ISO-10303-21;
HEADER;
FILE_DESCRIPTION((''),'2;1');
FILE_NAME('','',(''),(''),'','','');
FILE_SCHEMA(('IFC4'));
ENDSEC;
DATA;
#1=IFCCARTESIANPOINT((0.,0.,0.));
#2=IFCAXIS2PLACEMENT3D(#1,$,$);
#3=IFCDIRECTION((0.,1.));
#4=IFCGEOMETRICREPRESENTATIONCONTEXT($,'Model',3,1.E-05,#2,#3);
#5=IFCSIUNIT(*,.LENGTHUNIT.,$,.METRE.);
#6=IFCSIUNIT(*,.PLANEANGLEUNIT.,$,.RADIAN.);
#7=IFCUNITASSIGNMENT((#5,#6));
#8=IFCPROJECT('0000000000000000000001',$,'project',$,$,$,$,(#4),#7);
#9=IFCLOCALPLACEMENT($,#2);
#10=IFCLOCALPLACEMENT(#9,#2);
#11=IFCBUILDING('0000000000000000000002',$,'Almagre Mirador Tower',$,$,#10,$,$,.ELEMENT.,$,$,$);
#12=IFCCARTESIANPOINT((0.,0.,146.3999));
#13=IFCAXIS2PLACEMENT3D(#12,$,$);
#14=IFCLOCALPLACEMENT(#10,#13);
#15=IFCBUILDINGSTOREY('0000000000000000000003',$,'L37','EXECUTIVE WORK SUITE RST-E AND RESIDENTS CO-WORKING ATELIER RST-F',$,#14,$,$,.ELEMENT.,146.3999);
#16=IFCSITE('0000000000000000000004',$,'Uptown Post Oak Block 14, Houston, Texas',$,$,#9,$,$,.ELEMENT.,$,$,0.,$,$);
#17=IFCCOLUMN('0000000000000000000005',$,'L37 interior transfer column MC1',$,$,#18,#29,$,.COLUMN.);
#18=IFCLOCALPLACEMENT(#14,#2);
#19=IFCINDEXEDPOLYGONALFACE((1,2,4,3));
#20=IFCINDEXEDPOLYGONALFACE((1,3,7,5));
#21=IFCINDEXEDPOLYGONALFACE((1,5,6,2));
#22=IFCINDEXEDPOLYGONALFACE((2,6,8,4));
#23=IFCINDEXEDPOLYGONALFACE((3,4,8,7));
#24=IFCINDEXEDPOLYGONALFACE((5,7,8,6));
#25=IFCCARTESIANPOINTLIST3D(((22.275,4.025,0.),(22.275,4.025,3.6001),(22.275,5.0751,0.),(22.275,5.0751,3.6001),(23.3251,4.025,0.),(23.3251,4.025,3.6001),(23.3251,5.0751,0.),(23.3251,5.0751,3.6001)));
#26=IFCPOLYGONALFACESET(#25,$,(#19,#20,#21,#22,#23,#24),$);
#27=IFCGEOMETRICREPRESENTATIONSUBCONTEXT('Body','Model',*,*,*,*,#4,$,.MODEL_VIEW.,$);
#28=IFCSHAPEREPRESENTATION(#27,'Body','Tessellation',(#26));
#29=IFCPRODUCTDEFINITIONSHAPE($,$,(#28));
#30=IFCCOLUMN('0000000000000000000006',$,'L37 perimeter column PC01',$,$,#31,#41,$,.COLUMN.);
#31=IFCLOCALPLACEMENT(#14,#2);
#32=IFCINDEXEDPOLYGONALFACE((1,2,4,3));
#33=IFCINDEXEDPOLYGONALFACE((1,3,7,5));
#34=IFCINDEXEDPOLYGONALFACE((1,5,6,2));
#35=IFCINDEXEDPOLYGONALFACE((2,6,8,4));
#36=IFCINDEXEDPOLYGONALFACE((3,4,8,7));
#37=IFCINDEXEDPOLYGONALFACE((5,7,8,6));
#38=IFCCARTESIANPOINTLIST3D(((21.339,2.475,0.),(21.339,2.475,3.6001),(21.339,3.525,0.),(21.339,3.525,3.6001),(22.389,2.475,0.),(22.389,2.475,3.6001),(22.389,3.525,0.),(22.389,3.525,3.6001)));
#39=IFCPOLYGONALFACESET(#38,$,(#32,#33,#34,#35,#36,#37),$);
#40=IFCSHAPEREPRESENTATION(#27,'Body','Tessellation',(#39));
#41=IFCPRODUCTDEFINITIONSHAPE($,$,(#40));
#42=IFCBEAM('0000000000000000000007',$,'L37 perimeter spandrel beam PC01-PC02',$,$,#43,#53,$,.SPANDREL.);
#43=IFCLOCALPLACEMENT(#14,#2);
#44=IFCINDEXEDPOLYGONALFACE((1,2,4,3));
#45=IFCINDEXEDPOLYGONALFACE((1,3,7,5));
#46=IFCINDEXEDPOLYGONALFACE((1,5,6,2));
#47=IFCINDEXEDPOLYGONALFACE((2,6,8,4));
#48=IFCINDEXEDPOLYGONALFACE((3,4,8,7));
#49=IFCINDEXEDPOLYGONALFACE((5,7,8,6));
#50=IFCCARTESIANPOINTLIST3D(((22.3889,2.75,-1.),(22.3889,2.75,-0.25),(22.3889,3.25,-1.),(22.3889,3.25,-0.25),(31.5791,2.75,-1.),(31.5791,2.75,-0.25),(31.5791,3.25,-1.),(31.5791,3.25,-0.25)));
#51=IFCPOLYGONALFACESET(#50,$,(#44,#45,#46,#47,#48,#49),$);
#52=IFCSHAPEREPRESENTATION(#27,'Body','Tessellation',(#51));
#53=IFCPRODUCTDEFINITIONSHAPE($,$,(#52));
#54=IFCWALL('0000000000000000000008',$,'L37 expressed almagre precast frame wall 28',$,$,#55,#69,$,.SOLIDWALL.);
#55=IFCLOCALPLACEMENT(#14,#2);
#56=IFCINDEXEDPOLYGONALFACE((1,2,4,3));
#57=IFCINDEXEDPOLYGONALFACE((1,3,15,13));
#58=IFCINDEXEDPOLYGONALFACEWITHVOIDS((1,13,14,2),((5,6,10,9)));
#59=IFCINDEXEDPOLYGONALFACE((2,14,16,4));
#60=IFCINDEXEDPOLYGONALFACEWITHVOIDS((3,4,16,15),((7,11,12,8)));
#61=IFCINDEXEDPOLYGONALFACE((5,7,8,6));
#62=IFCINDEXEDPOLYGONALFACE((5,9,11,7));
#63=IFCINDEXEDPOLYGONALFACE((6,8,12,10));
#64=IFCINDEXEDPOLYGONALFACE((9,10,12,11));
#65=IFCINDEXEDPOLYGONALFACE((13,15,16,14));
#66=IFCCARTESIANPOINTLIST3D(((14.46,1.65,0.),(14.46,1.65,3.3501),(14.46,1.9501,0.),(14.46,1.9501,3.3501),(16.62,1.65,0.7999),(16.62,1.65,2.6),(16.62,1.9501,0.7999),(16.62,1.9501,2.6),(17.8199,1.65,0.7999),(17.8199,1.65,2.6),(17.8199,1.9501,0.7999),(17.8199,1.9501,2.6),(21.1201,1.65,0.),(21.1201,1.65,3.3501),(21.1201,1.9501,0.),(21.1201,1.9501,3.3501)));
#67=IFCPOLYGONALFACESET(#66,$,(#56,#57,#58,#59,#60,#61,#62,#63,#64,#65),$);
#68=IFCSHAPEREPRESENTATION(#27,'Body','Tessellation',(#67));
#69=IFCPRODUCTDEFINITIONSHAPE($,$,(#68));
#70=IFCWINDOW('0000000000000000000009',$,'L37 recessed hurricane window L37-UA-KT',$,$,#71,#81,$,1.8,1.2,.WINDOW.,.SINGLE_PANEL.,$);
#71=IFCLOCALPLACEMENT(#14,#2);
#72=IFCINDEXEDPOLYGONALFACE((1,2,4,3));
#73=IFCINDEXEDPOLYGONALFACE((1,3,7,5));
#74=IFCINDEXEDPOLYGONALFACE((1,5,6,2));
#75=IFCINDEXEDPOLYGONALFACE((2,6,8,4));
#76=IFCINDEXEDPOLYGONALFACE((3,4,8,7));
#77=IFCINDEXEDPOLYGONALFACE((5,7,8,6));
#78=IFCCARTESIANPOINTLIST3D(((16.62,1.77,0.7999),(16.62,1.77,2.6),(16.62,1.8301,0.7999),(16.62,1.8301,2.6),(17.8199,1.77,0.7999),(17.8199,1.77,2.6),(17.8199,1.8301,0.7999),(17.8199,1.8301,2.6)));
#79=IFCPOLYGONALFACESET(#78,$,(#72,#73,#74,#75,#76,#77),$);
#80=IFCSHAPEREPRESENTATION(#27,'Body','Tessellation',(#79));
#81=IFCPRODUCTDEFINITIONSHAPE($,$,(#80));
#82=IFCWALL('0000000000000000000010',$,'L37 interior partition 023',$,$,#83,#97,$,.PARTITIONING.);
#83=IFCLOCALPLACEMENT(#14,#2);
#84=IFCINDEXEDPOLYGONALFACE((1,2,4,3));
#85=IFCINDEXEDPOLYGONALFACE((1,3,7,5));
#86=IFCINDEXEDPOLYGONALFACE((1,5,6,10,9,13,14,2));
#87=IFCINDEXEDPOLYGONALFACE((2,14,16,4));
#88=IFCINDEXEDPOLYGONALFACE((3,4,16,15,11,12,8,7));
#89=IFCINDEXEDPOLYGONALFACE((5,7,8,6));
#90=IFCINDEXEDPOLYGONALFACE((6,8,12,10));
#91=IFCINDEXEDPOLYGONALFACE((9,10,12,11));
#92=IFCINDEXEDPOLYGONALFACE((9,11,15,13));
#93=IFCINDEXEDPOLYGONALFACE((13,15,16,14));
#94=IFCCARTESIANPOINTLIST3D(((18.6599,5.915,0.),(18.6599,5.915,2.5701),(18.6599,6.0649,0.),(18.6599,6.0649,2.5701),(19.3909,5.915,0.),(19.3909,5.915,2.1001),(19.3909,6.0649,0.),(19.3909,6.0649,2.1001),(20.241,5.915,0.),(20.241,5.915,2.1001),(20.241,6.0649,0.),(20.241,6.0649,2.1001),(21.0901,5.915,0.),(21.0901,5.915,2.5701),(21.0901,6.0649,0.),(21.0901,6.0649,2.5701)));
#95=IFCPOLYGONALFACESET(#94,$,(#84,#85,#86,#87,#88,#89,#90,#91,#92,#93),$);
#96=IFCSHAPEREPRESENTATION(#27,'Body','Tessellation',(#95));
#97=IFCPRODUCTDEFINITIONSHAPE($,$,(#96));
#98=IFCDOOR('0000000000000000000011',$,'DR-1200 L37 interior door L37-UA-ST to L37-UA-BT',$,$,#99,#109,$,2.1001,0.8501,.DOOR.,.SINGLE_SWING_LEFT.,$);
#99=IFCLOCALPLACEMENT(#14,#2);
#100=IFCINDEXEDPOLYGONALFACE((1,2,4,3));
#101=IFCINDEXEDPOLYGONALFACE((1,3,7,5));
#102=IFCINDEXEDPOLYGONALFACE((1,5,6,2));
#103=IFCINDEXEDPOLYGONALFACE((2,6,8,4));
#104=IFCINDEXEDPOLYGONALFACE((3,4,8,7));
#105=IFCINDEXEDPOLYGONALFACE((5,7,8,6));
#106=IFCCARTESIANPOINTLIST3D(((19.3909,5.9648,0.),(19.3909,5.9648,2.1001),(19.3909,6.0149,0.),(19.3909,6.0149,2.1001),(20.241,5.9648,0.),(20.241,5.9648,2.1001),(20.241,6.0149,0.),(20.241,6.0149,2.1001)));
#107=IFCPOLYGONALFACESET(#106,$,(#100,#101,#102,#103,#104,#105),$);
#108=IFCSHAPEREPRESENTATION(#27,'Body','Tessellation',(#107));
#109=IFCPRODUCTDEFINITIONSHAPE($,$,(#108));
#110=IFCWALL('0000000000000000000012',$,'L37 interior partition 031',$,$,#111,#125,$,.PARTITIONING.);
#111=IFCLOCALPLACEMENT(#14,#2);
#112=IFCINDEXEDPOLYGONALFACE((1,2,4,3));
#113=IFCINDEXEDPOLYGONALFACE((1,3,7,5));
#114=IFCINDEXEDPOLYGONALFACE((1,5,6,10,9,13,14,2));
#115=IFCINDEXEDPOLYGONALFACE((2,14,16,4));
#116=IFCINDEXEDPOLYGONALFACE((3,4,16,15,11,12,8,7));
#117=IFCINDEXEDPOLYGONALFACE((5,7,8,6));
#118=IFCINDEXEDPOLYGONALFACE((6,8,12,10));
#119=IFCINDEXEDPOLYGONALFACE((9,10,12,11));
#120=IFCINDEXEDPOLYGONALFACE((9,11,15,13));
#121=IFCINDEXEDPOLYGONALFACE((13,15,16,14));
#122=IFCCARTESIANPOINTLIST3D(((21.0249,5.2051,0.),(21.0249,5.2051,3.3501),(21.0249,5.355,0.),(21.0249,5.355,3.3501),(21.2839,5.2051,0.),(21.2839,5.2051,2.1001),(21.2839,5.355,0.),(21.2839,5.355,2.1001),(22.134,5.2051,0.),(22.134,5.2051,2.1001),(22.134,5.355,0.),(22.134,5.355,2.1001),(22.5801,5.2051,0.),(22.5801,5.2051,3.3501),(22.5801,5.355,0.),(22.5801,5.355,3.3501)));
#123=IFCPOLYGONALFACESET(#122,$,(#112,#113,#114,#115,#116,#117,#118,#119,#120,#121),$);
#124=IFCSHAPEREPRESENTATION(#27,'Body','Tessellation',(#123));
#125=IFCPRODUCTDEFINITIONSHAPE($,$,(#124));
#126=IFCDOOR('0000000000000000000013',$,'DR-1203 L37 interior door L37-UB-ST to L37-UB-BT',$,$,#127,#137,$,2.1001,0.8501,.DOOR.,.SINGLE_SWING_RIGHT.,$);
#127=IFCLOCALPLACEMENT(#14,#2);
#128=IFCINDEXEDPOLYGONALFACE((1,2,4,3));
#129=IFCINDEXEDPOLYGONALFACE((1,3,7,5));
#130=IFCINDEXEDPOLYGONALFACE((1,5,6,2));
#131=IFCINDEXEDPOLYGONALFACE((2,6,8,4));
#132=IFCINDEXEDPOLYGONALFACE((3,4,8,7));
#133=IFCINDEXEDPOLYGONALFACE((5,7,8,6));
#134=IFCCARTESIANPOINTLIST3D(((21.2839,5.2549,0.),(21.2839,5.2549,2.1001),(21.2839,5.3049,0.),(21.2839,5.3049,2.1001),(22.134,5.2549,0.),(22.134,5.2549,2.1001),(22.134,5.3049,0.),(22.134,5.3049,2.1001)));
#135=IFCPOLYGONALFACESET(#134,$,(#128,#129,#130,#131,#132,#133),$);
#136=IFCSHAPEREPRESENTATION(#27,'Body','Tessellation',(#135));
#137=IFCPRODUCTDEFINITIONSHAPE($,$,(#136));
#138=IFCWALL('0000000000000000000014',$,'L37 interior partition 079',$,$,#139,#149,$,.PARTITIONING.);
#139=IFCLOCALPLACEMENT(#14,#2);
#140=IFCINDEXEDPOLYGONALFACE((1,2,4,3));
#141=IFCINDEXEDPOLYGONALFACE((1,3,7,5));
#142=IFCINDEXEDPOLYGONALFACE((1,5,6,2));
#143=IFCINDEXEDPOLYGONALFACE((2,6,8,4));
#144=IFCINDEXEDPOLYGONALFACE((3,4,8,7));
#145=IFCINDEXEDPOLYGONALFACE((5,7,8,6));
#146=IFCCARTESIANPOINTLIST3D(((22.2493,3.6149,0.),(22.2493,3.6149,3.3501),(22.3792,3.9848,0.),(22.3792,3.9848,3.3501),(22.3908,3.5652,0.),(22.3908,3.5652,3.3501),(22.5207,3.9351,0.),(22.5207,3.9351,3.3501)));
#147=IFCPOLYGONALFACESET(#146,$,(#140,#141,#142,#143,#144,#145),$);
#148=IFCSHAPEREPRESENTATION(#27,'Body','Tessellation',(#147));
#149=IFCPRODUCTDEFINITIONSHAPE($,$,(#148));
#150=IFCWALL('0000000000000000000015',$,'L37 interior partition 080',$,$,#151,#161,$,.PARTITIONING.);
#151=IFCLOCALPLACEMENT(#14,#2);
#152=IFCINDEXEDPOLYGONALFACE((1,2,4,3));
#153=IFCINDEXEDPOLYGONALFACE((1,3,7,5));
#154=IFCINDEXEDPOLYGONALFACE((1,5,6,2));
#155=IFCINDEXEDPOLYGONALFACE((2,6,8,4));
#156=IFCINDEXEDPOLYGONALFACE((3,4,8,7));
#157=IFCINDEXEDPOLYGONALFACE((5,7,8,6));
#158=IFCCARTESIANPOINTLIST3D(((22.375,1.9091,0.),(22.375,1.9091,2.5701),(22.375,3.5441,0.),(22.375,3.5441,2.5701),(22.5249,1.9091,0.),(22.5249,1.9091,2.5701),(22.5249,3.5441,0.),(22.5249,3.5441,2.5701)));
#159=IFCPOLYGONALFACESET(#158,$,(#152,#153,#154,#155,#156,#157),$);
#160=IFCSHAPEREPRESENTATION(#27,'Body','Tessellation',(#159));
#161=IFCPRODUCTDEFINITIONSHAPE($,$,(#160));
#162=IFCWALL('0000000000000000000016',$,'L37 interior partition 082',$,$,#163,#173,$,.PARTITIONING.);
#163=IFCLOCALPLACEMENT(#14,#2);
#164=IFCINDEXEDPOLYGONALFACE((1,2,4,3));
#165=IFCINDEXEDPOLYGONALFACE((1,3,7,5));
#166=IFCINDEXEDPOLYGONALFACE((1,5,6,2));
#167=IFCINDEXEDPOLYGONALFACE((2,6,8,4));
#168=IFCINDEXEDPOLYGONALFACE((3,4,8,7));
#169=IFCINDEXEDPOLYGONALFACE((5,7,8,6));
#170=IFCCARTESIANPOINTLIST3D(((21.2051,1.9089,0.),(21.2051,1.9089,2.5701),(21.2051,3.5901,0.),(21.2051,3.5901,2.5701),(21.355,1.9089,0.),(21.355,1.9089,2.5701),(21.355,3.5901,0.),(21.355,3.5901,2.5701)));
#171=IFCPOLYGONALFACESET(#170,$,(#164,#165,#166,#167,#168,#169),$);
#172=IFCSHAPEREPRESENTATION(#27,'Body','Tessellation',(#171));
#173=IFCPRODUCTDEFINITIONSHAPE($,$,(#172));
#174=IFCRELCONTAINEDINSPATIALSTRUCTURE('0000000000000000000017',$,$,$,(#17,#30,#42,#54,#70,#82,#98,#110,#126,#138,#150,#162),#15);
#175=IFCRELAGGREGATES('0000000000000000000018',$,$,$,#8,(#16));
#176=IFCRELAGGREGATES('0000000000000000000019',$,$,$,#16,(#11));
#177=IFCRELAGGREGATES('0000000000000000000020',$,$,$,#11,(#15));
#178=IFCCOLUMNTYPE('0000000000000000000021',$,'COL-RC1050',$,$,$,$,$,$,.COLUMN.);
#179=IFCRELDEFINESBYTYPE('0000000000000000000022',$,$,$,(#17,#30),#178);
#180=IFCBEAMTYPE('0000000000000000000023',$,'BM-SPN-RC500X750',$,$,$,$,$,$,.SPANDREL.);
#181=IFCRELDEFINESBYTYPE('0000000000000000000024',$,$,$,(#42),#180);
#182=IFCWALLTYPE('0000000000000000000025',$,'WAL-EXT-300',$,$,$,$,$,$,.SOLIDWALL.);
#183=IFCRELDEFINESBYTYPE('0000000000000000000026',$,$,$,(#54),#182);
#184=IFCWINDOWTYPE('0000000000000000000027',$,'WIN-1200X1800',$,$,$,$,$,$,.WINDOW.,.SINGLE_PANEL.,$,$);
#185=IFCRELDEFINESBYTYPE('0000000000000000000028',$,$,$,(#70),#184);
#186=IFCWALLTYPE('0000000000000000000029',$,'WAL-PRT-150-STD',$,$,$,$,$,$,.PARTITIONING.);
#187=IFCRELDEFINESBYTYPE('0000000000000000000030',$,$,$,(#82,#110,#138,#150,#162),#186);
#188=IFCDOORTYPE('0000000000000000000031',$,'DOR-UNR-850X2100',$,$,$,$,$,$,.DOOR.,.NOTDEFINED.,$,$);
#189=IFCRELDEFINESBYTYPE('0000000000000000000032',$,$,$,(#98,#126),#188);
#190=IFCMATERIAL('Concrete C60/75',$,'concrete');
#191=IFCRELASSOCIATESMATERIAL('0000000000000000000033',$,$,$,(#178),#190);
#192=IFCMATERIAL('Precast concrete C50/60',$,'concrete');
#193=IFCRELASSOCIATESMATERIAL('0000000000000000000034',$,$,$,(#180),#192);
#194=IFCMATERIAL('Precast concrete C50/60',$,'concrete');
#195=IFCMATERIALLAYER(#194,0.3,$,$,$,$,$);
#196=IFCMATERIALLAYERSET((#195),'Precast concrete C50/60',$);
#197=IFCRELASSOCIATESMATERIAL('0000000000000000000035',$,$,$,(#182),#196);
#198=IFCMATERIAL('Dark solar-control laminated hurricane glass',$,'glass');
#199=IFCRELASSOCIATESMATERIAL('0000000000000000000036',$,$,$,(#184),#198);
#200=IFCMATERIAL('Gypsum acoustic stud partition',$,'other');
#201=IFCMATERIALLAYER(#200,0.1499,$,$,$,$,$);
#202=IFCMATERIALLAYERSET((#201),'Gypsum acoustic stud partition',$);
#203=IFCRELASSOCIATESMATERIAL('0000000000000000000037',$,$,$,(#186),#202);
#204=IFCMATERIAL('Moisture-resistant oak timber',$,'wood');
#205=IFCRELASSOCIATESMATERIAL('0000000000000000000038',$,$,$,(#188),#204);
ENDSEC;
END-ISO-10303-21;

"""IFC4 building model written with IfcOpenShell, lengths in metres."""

from ifc_helpers import new_model, si_unit, direction, frame, frame_2d, origin, origin_2d, place, context, subcontext, project, spatial, rectangle, extrude, material, layer, layer_set, material_profile, profile_set, type_object, element, fill, save


model = new_model("IFC4")

# Units and contexts
model_context = context("Model", 3, precision=1e-05, world=origin(), true_north=direction((0.0, 1.0)))
body_context = subcontext(model_context, "Body", "Model", "MODEL_VIEW")
ifc_project = project(units=[si_unit("LENGTHUNIT", "METRE"), si_unit("PLANEANGLEUNIT", "RADIAN")], contexts=[model_context])

# Site, building, storey
site_placement = place(None, origin())
site = spatial("IfcSite", under=ifc_project, at=site_placement, Name="Uptown Post Oak Block 14, Houston, Texas", CompositionType="ELEMENT", RefElevation=0.0)
building_placement = place(site_placement, origin())
building = spatial("IfcBuilding", under=site, at=building_placement, Name="Almagre Mirador Tower", CompositionType="ELEMENT")
storey_placement = place(building_placement, frame((0.0, 0.0, 146.3999)))
storey = spatial("IfcBuildingStorey", under=building, at=storey_placement, Name="L37", Description="EXECUTIVE WORK SUITE RST-E AND RESIDENTS CO-WORKING ATELIER RST-F", CompositionType="ELEMENT", Elevation=146.3999)

# Columns
ifc_material_1 = material(Name="Concrete C60/75", Category="concrete")
ifc_material_profile_1 = material_profile(ifc_material_1, rectangle(XDim=1.05, YDim=1.05, at=origin_2d()), Name="RC1050X1050")
ifc_profile_set_1 = profile_set([ifc_material_profile_1], Name="Concrete C60/75")
column_type = type_object("IfcColumnType", Name="COL-RC1050", PredefinedType="COLUMN", material=ifc_profile_set_1)
for number, where, z_axis, x_axis, name in (
    (1, (22.8, 4.55, 0.0), (0.0, 0.0, 1.0), (1.0, 0.0, 0.0), "L37 interior transfer column MC1"),
    (2, (21.864, 3.0, 0.0), (0.0, 0.0, 1.0), (1.0, 0.0, 0.0), "L37 perimeter column PC01"),
):
    element("IfcColumn", number, at=place(storey_placement, frame(where, z_axis=z_axis, x_axis=x_axis)), inside=storey, type_object=column_type, Name=name, PredefinedType="COLUMN", context=body_context, shape_type="SweptSolid", body=[
        extrude(rectangle(XDim=1.05, YDim=1.05, at=origin_2d()), origin(), (0.0, 0.0, 1.0), 3.6001),
    ])

# Beam
ifc_material_2 = material(Name="Precast concrete C50/60", Category="concrete")
ifc_material_profile_2 = material_profile(ifc_material_2, rectangle(XDim=0.5, YDim=0.75, at=origin_2d()), Name="RC500X750")
ifc_profile_set_2 = profile_set([ifc_material_profile_2], Name="Precast concrete C50/60")
beam_type = type_object("IfcBeamType", Name="BM-SPN-RC500X750", PredefinedType="SPANDREL", material=ifc_profile_set_2)
beam_placement = place(storey_placement, frame((22.3889, 3.0, -0.625), z_axis=(1.0, 0.0, 0.0), x_axis=(0.0, 1.0, 0.0)))
element("IfcBeam", 3, at=beam_placement, inside=storey, type_object=beam_type, Name="L37 perimeter spandrel beam PC01-PC02", PredefinedType="SPANDREL", context=body_context, shape_type="SweptSolid", body=[
    extrude(rectangle(XDim=0.5, YDim=0.75, at=origin_2d()), origin(), (0.0, 0.0, 1.0), 9.1902),
])

# Wall, opening, window
ifc_material_3 = material(Name="Precast concrete C50/60", Category="concrete")
ifc_layer_1 = layer(ifc_material_3, 0.3)
ifc_layer_set_1 = layer_set([ifc_layer_1], Name="Precast concrete C50/60")
wall_type_1 = type_object("IfcWallType", Name="WAL-EXT-300", PredefinedType="SOLIDWALL", material=ifc_layer_set_1)
wall_1_placement = place(storey_placement, frame((21.1201, 1.8, 0.0), z_axis=(0.0, 0.0, 1.0), x_axis=(-1.0, 0.0, 0.0)))
wall_1 = element("IfcWall", 4, at=wall_1_placement, inside=storey, type_object=wall_type_1, Name="L37 expressed almagre precast frame wall 28", PredefinedType="SOLIDWALL", context=body_context, shape_type="SweptSolid", body=[
    extrude(rectangle(XDim=6.6602, YDim=0.3, at=frame_2d((3.3301, 0.0))), origin(), (0.0, 0.0, 1.0), 3.3501),
])
opening_1_placement = place(wall_1_placement, frame((3.3, 0.0, 0.8)))
opening_1 = element("IfcOpeningElement", 5, at=opening_1_placement, cuts=wall_1, PredefinedType="OPENING", context=body_context, shape_type="SweptSolid", body=[
    extrude(rectangle(XDim=1.2, YDim=1.8, at=frame_2d((0.6001, 0.8999))), frame((0.0, 0.1599, 0.0), z_axis=(0.0, -1.0, 0.0), x_axis=(1.0, 0.0, 0.0)), (0.0, 0.0, 1.0), 0.32),
])
ifc_material_4 = material(Name="Dark solar-control laminated hurricane glass", Category="glass")
window_type = type_object("IfcWindowType", Name="WIN-1200X1800", PartitioningType="SINGLE_PANEL", PredefinedType="WINDOW", material=ifc_material_4)
window_placement = place(opening_1_placement, origin())
window = element("IfcWindow", 6, at=window_placement, inside=storey, type_object=window_type, Name="L37 recessed hurricane window L37-UA-KT", OverallHeight=1.8, OverallWidth=1.2, PartitioningType="SINGLE_PANEL", PredefinedType="WINDOW", context=body_context, shape_type="SweptSolid", body=[
    extrude(rectangle(XDim=1.2, YDim=1.8, at=frame_2d((0.6001, 0.8999))), frame((0.0, 0.03, 0.0), z_axis=(0.0, -1.0, 0.0), x_axis=(1.0, 0.0, 0.0)), (0.0, 0.0, 1.0), 0.0601),
])
fill(opening_1, window)

# Walls, openings, doors
ifc_material_5 = material(Name="Gypsum acoustic stud partition", Category="other")
ifc_layer_2 = layer(ifc_material_5, 0.1499)
ifc_layer_set_2 = layer_set([ifc_layer_2], Name="Gypsum acoustic stud partition")
wall_type_2 = type_object("IfcWallType", Name="WAL-PRT-150-STD", PredefinedType="PARTITIONING", material=ifc_layer_set_2)
wall_2_placement = place(storey_placement, frame((18.6599, 5.99, 0.0), z_axis=(0.0, 0.0, 1.0), x_axis=(1.0, 0.0, 0.0)))
wall_2 = element("IfcWall", 7, at=wall_2_placement, inside=storey, type_object=wall_type_2, Name="L37 interior partition 023", PredefinedType="PARTITIONING", context=body_context, shape_type="SweptSolid", body=[
    extrude(rectangle(XDim=2.4302, YDim=0.1499, at=frame_2d((1.2151, 0.0))), origin(), (0.0, 0.0, 1.0), 2.5701),
])
opening_2_placement = place(wall_2_placement, frame((0.731, 0.0, 0.0)))
opening_2 = element("IfcOpeningElement", 8, at=opening_2_placement, cuts=wall_2, PredefinedType="OPENING", context=body_context, shape_type="SweptSolid", body=[
    extrude(rectangle(XDim=0.8501, YDim=2.1001, at=frame_2d((0.425, 1.05))), frame((0.0, 0.085, 0.0), z_axis=(0.0, -1.0, 0.0), x_axis=(1.0, 0.0, 0.0)), (0.0, 0.0, 1.0), 0.1699),
])
ifc_material_6 = material(Name="Moisture-resistant oak timber", Category="wood")
door_type_1 = type_object("IfcDoorType", Name="DOR-UNR-850X2100", OperationType="NOTDEFINED", PredefinedType="DOOR", material=ifc_material_6)
door_1_placement = place(opening_2_placement, origin())
door_1 = element("IfcDoor", 9, at=door_1_placement, inside=storey, type_object=door_type_1, Name="DR-1200 L37 interior door L37-UA-ST to L37-UA-BT", OperationType="SINGLE_SWING_LEFT", OverallHeight=2.1001, OverallWidth=0.8501, PredefinedType="DOOR", context=body_context, shape_type="SweptSolid", body=[
    extrude(rectangle(XDim=0.8501, YDim=2.1001, at=frame_2d((0.425, 1.05))), frame((0.0, 0.0249, 0.0), z_axis=(0.0, -1.0, 0.0), x_axis=(1.0, 0.0, 0.0)), (0.0, 0.0, 1.0), 0.05),
])
fill(opening_2, door_1)
wall_3_placement = place(storey_placement, frame((21.0249, 5.28, 0.0), z_axis=(0.0, 0.0, 1.0), x_axis=(1.0, 0.0, 0.0)))
wall_3 = element("IfcWall", 10, at=wall_3_placement, inside=storey, type_object=wall_type_2, Name="L37 interior partition 031", PredefinedType="PARTITIONING", context=body_context, shape_type="SweptSolid", body=[
    extrude(rectangle(XDim=1.5552, YDim=0.1499, at=frame_2d((0.7776, 0.0))), origin(), (0.0, 0.0, 1.0), 3.3501),
])
opening_3_placement = place(wall_3_placement, frame((0.259, 0.0, 0.0)))
opening_3 = element("IfcOpeningElement", 11, at=opening_3_placement, cuts=wall_3, PredefinedType="OPENING", context=body_context, shape_type="SweptSolid", body=[
    extrude(rectangle(XDim=0.8501, YDim=2.1001, at=frame_2d((0.425, 1.05))), frame((0.0, 0.085, 0.0), z_axis=(0.0, -1.0, 0.0), x_axis=(1.0, 0.0, 0.0)), (0.0, 0.0, 1.0), 0.1699),
])
door_2_placement = place(opening_3_placement, origin())
door_2 = element("IfcDoor", 12, at=door_2_placement, inside=storey, type_object=door_type_1, Name="DR-1203 L37 interior door L37-UB-ST to L37-UB-BT", OperationType="SINGLE_SWING_RIGHT", OverallHeight=2.1001, OverallWidth=0.8501, PredefinedType="DOOR", context=body_context, shape_type="SweptSolid", body=[
    extrude(rectangle(XDim=0.8501, YDim=2.1001, at=frame_2d((0.425, 1.05))), frame((0.0, 0.0249, 0.0), z_axis=(0.0, -1.0, 0.0), x_axis=(1.0, 0.0, 0.0)), (0.0, 0.0, 1.0), 0.05),
])
fill(opening_3, door_2)

# Walls
wall_4_placement = place(storey_placement, frame((22.45, 3.96, 0.0), z_axis=(0.0, 0.0, 1.0), x_axis=(-0.331321, -0.943518, 0.0)))
element("IfcWall", 13, at=wall_4_placement, inside=storey, type_object=wall_type_2, Name="L37 interior partition 079", PredefinedType="PARTITIONING", context=body_context, shape_type="SweptSolid", body=[
    extrude(rectangle(XDim=0.3921, YDim=0.1499, at=frame_2d((0.196, 0.0))), origin(), (0.0, 0.0, 1.0), 3.3501),
])
wall_5_placement = place(storey_placement, frame((22.45, 3.5439, 0.0), z_axis=(0.0, 0.0, 1.0), x_axis=(0.0, -1.0, 0.0)))
element("IfcWall", 14, at=wall_5_placement, inside=storey, type_object=wall_type_2, Name="L37 interior partition 080", PredefinedType="PARTITIONING", context=body_context, shape_type="SweptSolid", body=[
    extrude(rectangle(XDim=1.635, YDim=0.1499, at=frame_2d((0.8174, 0.0))), origin(), (0.0, 0.0, 1.0), 2.5701),
])
wall_6_placement = place(storey_placement, frame((21.28, 1.9089, 0.0), z_axis=(0.0, 0.0, 1.0), x_axis=(0.0, 1.0, 0.0)))
element("IfcWall", 15, at=wall_6_placement, inside=storey, type_object=wall_type_2, Name="L37 interior partition 082", PredefinedType="PARTITIONING", context=body_context, shape_type="SweptSolid", body=[
    extrude(rectangle(XDim=1.6812, YDim=0.1499, at=frame_2d((0.8406, 0.0))), origin(), (0.0, 0.0, 1.0), 2.5701),
])

save(model, "model.ifc")
